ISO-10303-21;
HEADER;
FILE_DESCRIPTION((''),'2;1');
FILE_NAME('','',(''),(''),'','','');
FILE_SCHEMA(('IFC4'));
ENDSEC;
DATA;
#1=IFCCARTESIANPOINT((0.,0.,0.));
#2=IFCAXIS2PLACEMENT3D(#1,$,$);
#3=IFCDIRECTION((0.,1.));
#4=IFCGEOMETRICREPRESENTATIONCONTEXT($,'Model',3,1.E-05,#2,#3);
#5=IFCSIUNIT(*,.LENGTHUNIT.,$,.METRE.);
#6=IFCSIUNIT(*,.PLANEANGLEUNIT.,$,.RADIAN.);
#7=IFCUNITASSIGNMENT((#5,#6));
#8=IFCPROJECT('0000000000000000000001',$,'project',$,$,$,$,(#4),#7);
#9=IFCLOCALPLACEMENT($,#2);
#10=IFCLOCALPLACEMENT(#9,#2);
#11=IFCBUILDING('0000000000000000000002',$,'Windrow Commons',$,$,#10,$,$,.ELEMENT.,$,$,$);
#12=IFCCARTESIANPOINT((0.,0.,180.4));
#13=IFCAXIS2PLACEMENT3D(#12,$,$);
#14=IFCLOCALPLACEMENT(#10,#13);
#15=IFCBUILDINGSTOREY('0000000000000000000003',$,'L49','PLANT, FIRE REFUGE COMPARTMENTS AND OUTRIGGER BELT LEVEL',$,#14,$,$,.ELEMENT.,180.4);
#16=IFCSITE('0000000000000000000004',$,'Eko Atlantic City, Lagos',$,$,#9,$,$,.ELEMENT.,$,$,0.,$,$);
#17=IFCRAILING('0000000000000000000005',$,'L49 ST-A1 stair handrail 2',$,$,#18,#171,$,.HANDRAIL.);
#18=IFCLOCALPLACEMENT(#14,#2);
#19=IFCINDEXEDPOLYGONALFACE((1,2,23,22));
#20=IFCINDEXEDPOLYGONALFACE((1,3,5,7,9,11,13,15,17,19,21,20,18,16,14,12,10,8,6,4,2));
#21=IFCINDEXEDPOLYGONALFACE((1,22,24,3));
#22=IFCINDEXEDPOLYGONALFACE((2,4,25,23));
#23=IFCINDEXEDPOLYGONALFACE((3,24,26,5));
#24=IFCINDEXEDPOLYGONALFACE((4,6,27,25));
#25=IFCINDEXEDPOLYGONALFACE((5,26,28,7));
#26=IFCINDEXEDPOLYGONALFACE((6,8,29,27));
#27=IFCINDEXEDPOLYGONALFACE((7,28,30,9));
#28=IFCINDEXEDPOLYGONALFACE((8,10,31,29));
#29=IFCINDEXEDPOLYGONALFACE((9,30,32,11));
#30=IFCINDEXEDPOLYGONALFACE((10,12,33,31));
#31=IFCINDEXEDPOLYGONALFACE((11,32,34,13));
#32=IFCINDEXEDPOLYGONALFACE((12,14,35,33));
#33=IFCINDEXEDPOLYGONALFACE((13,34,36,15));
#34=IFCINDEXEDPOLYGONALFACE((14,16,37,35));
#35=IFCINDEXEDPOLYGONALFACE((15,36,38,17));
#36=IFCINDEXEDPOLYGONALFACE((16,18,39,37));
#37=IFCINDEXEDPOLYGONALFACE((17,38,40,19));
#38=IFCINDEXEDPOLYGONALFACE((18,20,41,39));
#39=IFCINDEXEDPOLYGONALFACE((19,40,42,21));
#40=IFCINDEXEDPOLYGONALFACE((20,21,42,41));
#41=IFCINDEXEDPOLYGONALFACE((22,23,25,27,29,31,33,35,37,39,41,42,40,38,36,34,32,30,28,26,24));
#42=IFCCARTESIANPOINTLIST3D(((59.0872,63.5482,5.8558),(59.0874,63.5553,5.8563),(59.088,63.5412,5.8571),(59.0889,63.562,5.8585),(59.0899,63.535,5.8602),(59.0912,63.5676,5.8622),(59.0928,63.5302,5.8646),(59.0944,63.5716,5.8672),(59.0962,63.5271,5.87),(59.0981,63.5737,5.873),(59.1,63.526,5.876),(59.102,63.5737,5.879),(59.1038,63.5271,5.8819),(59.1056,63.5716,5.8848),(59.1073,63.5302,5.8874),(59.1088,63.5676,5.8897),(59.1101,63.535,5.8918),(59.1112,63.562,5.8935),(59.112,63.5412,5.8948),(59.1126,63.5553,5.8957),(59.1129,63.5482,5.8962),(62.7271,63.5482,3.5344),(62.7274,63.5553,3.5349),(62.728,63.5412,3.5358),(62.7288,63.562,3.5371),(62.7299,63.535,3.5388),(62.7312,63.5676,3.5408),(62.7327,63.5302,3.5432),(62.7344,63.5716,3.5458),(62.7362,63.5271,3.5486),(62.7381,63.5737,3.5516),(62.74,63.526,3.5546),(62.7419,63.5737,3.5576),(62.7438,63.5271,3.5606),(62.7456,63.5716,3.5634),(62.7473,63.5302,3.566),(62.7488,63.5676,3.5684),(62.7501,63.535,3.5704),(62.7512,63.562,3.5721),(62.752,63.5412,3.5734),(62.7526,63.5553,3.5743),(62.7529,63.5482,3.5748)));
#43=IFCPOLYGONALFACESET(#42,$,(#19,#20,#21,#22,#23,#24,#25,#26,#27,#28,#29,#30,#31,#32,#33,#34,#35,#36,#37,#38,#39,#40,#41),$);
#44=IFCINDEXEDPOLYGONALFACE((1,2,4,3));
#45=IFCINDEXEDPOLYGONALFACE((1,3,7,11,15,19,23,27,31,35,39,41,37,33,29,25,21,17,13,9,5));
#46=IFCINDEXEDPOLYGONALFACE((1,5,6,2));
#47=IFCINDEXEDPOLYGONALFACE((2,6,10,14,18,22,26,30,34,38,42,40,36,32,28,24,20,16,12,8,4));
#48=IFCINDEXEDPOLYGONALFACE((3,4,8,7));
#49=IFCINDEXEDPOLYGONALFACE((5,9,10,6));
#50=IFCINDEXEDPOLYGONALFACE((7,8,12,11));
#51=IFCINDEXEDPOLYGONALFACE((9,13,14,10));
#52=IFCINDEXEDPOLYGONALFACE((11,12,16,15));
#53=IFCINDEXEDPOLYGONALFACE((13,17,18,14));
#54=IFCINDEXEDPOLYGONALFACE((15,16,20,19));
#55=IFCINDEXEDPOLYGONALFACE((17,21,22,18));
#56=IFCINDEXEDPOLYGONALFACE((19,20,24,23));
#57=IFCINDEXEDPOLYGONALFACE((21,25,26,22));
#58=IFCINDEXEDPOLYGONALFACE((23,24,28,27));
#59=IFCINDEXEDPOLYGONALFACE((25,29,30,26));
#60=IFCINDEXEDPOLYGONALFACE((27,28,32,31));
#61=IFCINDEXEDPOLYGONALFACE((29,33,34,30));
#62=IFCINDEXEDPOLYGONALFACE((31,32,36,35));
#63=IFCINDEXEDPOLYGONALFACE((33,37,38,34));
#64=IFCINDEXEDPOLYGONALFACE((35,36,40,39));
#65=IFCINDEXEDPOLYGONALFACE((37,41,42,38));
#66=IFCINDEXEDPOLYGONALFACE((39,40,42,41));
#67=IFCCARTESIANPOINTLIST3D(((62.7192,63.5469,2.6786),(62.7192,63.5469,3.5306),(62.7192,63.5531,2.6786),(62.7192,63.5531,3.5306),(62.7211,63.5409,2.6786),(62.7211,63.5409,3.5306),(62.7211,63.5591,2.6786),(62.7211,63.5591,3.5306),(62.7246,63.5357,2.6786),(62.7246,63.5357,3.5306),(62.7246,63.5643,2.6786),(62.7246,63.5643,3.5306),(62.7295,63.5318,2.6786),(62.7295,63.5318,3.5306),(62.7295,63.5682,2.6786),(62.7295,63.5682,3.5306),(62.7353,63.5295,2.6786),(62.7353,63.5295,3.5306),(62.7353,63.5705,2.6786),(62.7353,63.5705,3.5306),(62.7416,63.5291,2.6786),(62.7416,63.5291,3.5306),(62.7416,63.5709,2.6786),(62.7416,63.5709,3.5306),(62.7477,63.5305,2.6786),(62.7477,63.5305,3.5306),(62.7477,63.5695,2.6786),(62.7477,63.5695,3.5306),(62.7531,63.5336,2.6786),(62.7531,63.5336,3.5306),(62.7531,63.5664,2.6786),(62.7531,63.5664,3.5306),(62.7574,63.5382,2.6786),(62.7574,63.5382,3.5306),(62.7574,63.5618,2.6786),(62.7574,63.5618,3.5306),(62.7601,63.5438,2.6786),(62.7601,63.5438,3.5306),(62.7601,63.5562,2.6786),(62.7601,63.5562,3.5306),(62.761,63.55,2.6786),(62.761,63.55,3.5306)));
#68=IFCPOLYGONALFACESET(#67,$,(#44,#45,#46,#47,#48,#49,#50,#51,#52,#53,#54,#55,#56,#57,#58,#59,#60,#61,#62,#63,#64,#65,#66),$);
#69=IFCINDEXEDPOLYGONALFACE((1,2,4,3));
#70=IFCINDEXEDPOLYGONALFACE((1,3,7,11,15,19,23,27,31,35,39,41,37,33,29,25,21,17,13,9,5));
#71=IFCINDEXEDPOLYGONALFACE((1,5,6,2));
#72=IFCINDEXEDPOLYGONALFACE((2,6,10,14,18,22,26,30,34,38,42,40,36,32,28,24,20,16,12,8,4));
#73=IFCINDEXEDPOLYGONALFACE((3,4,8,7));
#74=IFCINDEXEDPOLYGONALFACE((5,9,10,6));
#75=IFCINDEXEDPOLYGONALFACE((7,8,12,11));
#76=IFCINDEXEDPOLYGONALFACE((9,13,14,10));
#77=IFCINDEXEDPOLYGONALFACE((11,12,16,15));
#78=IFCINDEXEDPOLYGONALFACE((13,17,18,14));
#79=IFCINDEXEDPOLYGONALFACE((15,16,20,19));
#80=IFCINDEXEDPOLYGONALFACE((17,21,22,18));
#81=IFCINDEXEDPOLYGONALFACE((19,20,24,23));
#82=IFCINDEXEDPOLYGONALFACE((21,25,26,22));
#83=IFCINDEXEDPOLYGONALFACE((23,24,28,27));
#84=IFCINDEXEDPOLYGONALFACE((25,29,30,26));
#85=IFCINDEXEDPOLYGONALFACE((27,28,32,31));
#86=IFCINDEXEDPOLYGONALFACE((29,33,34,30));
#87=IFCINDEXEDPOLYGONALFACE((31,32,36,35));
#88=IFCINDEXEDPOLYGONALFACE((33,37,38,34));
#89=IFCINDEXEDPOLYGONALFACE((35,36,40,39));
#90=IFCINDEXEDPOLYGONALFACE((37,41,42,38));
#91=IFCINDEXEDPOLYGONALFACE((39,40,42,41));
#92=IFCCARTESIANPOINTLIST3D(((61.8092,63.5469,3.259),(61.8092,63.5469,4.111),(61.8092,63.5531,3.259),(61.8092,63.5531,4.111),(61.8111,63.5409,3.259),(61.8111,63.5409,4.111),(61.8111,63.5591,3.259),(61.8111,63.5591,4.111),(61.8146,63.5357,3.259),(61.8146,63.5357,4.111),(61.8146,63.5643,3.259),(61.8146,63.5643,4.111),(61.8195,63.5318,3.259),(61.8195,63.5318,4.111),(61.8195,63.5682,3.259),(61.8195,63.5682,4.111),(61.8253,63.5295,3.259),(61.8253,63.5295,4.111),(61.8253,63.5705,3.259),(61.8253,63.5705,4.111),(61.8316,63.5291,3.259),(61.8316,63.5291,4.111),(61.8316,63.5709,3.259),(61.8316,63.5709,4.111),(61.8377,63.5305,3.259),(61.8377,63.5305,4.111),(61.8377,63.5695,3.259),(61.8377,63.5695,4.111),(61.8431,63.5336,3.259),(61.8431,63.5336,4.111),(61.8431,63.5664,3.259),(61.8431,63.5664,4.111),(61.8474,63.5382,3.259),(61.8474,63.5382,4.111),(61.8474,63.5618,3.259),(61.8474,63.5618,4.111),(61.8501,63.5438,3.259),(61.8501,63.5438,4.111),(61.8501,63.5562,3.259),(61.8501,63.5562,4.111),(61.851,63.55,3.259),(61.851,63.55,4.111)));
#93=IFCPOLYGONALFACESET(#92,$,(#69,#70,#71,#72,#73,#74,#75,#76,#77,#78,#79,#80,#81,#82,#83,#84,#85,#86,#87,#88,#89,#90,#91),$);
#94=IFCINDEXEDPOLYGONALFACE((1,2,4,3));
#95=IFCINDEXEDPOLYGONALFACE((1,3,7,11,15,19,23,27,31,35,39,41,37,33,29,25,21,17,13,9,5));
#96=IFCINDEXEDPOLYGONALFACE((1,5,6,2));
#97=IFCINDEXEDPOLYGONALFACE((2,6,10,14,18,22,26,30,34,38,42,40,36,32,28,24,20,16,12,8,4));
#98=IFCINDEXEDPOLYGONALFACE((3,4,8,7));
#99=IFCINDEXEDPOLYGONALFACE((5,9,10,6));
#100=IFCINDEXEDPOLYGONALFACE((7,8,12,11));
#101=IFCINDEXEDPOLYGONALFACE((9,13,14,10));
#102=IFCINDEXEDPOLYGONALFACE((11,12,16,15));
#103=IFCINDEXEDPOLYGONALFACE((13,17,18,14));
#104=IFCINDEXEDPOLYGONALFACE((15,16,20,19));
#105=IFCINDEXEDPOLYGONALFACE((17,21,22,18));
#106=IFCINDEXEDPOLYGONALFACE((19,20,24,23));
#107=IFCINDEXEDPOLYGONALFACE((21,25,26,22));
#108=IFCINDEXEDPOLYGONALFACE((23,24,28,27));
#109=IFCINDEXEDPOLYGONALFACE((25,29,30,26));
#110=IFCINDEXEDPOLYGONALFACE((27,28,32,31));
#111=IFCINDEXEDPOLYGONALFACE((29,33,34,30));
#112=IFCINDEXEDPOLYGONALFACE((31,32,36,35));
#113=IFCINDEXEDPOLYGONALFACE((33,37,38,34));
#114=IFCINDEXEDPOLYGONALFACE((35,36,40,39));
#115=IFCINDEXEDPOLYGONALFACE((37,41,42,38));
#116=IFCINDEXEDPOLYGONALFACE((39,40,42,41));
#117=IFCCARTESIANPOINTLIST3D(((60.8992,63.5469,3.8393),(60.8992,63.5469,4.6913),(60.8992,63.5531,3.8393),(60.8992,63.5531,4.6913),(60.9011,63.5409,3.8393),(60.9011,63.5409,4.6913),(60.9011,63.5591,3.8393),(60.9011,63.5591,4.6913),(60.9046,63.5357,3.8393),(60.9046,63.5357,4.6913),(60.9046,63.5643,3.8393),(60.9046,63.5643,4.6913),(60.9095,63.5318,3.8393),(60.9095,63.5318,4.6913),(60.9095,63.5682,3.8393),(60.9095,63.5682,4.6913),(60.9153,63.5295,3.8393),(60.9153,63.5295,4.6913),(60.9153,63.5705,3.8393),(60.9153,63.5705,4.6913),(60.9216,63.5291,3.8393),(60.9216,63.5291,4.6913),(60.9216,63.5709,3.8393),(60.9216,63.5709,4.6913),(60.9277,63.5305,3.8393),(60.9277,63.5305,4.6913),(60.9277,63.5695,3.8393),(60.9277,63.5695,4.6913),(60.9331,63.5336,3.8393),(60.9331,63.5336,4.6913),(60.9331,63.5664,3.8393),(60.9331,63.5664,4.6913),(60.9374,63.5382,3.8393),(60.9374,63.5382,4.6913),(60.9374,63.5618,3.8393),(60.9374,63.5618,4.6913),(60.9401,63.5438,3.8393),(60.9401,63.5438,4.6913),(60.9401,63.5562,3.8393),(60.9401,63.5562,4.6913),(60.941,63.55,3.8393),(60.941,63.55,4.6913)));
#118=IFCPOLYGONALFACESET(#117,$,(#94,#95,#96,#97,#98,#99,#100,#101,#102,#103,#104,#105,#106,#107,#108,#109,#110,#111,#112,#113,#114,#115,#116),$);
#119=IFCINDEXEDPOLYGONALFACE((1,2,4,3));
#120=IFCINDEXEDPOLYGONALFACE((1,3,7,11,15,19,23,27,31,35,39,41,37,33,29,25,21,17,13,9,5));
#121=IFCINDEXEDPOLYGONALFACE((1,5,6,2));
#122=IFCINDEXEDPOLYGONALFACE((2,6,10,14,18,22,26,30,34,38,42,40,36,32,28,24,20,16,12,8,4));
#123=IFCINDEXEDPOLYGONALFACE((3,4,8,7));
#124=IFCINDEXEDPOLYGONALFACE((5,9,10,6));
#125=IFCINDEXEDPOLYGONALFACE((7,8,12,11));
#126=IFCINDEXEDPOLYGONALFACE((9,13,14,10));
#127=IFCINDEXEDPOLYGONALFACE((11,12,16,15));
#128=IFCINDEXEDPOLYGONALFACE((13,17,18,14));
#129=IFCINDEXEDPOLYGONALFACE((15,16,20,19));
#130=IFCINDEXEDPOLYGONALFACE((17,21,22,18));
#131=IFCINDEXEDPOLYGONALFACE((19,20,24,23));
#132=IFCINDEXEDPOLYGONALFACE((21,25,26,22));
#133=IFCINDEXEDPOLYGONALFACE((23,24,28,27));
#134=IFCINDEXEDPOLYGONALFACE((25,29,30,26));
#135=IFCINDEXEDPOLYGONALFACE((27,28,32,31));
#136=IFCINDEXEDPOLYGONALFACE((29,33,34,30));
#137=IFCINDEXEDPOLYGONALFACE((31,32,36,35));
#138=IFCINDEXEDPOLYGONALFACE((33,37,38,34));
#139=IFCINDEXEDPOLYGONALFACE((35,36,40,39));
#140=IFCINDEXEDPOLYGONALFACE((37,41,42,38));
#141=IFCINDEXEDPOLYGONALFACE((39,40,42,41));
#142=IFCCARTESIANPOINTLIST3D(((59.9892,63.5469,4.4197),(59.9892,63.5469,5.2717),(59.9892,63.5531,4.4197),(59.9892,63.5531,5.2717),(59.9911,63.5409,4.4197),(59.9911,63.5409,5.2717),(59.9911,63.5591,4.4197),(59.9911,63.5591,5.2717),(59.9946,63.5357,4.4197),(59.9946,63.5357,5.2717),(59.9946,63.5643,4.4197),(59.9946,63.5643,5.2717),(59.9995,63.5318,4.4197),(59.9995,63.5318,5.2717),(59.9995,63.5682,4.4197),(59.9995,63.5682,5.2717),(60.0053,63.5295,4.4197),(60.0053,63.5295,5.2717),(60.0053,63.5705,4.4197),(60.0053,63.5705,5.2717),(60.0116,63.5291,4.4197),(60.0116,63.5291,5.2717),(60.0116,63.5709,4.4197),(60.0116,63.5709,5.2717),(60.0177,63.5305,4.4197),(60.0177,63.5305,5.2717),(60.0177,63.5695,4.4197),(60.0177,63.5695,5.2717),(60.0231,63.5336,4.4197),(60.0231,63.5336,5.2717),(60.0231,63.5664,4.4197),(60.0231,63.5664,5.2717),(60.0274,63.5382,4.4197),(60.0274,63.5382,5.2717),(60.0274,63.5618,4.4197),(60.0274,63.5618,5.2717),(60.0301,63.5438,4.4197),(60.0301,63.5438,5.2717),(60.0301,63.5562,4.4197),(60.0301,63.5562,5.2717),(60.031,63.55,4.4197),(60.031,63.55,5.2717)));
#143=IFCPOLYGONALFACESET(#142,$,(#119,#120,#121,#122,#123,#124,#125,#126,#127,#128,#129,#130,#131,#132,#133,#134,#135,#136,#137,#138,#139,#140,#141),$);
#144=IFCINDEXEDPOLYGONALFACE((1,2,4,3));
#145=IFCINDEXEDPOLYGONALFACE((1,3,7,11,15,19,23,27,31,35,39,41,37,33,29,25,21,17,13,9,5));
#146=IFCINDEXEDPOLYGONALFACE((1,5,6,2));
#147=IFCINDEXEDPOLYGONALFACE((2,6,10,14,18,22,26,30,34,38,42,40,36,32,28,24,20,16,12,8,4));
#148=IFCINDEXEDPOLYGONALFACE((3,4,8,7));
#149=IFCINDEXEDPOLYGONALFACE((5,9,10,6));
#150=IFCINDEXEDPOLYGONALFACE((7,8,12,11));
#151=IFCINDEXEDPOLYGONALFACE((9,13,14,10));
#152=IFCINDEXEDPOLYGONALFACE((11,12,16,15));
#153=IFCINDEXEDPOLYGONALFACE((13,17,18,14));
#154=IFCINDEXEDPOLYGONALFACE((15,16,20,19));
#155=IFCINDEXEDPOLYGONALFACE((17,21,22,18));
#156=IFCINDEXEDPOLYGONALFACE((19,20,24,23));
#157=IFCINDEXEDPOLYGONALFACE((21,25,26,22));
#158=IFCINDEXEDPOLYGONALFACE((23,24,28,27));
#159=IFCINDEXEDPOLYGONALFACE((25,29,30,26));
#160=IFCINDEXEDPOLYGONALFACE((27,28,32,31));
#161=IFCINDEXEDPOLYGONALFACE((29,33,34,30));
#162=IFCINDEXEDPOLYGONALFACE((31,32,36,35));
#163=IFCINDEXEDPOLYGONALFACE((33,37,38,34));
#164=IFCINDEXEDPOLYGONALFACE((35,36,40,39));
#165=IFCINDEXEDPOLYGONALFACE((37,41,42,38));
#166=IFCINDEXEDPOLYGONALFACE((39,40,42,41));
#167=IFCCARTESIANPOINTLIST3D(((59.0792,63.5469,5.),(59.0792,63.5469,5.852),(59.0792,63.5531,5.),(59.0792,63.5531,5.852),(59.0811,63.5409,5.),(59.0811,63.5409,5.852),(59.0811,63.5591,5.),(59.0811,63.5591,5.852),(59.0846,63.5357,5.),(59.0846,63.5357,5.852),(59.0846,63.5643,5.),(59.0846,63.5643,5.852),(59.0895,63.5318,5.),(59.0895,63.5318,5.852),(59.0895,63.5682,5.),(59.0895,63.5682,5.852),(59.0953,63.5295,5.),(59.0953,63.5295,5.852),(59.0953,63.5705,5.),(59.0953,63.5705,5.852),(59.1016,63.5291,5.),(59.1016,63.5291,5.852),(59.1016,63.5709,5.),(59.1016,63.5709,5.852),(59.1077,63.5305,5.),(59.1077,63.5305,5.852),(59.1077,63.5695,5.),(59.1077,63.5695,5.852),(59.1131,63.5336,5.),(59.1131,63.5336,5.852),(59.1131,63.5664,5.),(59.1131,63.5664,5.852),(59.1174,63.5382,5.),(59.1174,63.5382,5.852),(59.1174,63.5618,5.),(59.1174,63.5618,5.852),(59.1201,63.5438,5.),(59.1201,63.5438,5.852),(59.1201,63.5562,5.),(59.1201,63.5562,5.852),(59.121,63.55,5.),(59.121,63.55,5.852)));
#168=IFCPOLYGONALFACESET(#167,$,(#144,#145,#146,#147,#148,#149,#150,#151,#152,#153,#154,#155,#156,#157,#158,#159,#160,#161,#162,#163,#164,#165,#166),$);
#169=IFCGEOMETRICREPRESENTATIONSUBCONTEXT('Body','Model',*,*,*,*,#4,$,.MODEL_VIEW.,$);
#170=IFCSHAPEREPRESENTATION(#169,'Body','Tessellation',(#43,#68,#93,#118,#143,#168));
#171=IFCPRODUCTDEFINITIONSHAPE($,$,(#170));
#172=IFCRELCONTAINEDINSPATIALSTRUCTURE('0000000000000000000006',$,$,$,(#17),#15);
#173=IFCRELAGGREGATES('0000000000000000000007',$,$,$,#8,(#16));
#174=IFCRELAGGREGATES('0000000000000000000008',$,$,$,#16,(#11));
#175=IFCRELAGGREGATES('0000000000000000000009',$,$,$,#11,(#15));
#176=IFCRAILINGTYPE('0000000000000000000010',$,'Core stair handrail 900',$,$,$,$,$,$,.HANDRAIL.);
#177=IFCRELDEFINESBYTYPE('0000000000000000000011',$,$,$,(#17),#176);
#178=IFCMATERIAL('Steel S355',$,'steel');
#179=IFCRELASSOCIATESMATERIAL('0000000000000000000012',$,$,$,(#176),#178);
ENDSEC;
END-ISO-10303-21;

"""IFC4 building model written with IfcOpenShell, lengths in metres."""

from ifc_helpers import new_model, si_unit, direction, frame, origin, origin_2d, place, context, subcontext, project, spatial, circle, extrude, material, type_object, element, save


model = new_model("IFC4")

# Units and contexts
model_context = context("Model", 3, precision=1e-05, world=origin(), true_north=direction((0.0, 1.0)))
body_context = subcontext(model_context, "Body", "Model", "MODEL_VIEW")
ifc_project = project(units=[si_unit("LENGTHUNIT", "METRE"), si_unit("PLANEANGLEUNIT", "RADIAN")], contexts=[model_context])

# Site, building, storey
site_placement = place(None, origin())
site = spatial("IfcSite", under=ifc_project, at=site_placement, Name="Eko Atlantic City, Lagos", CompositionType="ELEMENT", RefElevation=0.0)
building_placement = place(site_placement, origin())
building = spatial("IfcBuilding", under=site, at=building_placement, Name="Windrow Commons", CompositionType="ELEMENT")
storey_placement = place(building_placement, frame((0.0, 0.0, 180.4)))
storey = spatial("IfcBuildingStorey", under=building, at=storey_placement, Name="L49", Description="PLANT, FIRE REFUGE COMPARTMENTS AND OUTRIGGER BELT LEVEL", CompositionType="ELEMENT", Elevation=180.4)

# Railing
ifc_material_1 = material(Name="Steel S355", Category="steel")
railing_type_1 = type_object("IfcRailingType", Name="Core stair handrail 900", PredefinedType="HANDRAIL", material=ifc_material_1)
railing_1_placement = place(storey_placement, frame((62.74, 63.55, 2.6786)))
element("IfcRailing", 1, at=railing_1_placement, inside=storey, type_object=railing_type_1, Name="L49 ST-A1 stair handrail 2", PredefinedType="HANDRAIL", context=body_context, shape_type="SweptSolid", body=[
    extrude(circle(Radius=0.024, at=origin_2d()), frame((0.0, 0.0, 0.876), z_axis=(-0.843133, 0.0, 0.537706), x_axis=(0.0, -1.0, 0.0)), (0.0, 0.0, 1.0), 4.3172),
    extrude(circle(Radius=0.021, at=origin_2d()), origin(), (0.0, 0.0, 1.0), 0.852),
    extrude(circle(Radius=0.021, at=origin_2d()), frame((-0.91, 0.0, 0.5804)), (0.0, 0.0, 1.0), 0.852),
    extrude(circle(Radius=0.021, at=origin_2d()), frame((-1.82, 0.0, 1.1607)), (0.0, 0.0, 1.0), 0.852),
    extrude(circle(Radius=0.021, at=origin_2d()), frame((-2.73, 0.0, 1.7411)), (0.0, 0.0, 1.0), 0.852),
    extrude(circle(Radius=0.021, at=origin_2d()), frame((-3.64, 0.0, 2.3214)), (0.0, 0.0, 1.0), 0.852),
])

save(model, "model.ifc")
